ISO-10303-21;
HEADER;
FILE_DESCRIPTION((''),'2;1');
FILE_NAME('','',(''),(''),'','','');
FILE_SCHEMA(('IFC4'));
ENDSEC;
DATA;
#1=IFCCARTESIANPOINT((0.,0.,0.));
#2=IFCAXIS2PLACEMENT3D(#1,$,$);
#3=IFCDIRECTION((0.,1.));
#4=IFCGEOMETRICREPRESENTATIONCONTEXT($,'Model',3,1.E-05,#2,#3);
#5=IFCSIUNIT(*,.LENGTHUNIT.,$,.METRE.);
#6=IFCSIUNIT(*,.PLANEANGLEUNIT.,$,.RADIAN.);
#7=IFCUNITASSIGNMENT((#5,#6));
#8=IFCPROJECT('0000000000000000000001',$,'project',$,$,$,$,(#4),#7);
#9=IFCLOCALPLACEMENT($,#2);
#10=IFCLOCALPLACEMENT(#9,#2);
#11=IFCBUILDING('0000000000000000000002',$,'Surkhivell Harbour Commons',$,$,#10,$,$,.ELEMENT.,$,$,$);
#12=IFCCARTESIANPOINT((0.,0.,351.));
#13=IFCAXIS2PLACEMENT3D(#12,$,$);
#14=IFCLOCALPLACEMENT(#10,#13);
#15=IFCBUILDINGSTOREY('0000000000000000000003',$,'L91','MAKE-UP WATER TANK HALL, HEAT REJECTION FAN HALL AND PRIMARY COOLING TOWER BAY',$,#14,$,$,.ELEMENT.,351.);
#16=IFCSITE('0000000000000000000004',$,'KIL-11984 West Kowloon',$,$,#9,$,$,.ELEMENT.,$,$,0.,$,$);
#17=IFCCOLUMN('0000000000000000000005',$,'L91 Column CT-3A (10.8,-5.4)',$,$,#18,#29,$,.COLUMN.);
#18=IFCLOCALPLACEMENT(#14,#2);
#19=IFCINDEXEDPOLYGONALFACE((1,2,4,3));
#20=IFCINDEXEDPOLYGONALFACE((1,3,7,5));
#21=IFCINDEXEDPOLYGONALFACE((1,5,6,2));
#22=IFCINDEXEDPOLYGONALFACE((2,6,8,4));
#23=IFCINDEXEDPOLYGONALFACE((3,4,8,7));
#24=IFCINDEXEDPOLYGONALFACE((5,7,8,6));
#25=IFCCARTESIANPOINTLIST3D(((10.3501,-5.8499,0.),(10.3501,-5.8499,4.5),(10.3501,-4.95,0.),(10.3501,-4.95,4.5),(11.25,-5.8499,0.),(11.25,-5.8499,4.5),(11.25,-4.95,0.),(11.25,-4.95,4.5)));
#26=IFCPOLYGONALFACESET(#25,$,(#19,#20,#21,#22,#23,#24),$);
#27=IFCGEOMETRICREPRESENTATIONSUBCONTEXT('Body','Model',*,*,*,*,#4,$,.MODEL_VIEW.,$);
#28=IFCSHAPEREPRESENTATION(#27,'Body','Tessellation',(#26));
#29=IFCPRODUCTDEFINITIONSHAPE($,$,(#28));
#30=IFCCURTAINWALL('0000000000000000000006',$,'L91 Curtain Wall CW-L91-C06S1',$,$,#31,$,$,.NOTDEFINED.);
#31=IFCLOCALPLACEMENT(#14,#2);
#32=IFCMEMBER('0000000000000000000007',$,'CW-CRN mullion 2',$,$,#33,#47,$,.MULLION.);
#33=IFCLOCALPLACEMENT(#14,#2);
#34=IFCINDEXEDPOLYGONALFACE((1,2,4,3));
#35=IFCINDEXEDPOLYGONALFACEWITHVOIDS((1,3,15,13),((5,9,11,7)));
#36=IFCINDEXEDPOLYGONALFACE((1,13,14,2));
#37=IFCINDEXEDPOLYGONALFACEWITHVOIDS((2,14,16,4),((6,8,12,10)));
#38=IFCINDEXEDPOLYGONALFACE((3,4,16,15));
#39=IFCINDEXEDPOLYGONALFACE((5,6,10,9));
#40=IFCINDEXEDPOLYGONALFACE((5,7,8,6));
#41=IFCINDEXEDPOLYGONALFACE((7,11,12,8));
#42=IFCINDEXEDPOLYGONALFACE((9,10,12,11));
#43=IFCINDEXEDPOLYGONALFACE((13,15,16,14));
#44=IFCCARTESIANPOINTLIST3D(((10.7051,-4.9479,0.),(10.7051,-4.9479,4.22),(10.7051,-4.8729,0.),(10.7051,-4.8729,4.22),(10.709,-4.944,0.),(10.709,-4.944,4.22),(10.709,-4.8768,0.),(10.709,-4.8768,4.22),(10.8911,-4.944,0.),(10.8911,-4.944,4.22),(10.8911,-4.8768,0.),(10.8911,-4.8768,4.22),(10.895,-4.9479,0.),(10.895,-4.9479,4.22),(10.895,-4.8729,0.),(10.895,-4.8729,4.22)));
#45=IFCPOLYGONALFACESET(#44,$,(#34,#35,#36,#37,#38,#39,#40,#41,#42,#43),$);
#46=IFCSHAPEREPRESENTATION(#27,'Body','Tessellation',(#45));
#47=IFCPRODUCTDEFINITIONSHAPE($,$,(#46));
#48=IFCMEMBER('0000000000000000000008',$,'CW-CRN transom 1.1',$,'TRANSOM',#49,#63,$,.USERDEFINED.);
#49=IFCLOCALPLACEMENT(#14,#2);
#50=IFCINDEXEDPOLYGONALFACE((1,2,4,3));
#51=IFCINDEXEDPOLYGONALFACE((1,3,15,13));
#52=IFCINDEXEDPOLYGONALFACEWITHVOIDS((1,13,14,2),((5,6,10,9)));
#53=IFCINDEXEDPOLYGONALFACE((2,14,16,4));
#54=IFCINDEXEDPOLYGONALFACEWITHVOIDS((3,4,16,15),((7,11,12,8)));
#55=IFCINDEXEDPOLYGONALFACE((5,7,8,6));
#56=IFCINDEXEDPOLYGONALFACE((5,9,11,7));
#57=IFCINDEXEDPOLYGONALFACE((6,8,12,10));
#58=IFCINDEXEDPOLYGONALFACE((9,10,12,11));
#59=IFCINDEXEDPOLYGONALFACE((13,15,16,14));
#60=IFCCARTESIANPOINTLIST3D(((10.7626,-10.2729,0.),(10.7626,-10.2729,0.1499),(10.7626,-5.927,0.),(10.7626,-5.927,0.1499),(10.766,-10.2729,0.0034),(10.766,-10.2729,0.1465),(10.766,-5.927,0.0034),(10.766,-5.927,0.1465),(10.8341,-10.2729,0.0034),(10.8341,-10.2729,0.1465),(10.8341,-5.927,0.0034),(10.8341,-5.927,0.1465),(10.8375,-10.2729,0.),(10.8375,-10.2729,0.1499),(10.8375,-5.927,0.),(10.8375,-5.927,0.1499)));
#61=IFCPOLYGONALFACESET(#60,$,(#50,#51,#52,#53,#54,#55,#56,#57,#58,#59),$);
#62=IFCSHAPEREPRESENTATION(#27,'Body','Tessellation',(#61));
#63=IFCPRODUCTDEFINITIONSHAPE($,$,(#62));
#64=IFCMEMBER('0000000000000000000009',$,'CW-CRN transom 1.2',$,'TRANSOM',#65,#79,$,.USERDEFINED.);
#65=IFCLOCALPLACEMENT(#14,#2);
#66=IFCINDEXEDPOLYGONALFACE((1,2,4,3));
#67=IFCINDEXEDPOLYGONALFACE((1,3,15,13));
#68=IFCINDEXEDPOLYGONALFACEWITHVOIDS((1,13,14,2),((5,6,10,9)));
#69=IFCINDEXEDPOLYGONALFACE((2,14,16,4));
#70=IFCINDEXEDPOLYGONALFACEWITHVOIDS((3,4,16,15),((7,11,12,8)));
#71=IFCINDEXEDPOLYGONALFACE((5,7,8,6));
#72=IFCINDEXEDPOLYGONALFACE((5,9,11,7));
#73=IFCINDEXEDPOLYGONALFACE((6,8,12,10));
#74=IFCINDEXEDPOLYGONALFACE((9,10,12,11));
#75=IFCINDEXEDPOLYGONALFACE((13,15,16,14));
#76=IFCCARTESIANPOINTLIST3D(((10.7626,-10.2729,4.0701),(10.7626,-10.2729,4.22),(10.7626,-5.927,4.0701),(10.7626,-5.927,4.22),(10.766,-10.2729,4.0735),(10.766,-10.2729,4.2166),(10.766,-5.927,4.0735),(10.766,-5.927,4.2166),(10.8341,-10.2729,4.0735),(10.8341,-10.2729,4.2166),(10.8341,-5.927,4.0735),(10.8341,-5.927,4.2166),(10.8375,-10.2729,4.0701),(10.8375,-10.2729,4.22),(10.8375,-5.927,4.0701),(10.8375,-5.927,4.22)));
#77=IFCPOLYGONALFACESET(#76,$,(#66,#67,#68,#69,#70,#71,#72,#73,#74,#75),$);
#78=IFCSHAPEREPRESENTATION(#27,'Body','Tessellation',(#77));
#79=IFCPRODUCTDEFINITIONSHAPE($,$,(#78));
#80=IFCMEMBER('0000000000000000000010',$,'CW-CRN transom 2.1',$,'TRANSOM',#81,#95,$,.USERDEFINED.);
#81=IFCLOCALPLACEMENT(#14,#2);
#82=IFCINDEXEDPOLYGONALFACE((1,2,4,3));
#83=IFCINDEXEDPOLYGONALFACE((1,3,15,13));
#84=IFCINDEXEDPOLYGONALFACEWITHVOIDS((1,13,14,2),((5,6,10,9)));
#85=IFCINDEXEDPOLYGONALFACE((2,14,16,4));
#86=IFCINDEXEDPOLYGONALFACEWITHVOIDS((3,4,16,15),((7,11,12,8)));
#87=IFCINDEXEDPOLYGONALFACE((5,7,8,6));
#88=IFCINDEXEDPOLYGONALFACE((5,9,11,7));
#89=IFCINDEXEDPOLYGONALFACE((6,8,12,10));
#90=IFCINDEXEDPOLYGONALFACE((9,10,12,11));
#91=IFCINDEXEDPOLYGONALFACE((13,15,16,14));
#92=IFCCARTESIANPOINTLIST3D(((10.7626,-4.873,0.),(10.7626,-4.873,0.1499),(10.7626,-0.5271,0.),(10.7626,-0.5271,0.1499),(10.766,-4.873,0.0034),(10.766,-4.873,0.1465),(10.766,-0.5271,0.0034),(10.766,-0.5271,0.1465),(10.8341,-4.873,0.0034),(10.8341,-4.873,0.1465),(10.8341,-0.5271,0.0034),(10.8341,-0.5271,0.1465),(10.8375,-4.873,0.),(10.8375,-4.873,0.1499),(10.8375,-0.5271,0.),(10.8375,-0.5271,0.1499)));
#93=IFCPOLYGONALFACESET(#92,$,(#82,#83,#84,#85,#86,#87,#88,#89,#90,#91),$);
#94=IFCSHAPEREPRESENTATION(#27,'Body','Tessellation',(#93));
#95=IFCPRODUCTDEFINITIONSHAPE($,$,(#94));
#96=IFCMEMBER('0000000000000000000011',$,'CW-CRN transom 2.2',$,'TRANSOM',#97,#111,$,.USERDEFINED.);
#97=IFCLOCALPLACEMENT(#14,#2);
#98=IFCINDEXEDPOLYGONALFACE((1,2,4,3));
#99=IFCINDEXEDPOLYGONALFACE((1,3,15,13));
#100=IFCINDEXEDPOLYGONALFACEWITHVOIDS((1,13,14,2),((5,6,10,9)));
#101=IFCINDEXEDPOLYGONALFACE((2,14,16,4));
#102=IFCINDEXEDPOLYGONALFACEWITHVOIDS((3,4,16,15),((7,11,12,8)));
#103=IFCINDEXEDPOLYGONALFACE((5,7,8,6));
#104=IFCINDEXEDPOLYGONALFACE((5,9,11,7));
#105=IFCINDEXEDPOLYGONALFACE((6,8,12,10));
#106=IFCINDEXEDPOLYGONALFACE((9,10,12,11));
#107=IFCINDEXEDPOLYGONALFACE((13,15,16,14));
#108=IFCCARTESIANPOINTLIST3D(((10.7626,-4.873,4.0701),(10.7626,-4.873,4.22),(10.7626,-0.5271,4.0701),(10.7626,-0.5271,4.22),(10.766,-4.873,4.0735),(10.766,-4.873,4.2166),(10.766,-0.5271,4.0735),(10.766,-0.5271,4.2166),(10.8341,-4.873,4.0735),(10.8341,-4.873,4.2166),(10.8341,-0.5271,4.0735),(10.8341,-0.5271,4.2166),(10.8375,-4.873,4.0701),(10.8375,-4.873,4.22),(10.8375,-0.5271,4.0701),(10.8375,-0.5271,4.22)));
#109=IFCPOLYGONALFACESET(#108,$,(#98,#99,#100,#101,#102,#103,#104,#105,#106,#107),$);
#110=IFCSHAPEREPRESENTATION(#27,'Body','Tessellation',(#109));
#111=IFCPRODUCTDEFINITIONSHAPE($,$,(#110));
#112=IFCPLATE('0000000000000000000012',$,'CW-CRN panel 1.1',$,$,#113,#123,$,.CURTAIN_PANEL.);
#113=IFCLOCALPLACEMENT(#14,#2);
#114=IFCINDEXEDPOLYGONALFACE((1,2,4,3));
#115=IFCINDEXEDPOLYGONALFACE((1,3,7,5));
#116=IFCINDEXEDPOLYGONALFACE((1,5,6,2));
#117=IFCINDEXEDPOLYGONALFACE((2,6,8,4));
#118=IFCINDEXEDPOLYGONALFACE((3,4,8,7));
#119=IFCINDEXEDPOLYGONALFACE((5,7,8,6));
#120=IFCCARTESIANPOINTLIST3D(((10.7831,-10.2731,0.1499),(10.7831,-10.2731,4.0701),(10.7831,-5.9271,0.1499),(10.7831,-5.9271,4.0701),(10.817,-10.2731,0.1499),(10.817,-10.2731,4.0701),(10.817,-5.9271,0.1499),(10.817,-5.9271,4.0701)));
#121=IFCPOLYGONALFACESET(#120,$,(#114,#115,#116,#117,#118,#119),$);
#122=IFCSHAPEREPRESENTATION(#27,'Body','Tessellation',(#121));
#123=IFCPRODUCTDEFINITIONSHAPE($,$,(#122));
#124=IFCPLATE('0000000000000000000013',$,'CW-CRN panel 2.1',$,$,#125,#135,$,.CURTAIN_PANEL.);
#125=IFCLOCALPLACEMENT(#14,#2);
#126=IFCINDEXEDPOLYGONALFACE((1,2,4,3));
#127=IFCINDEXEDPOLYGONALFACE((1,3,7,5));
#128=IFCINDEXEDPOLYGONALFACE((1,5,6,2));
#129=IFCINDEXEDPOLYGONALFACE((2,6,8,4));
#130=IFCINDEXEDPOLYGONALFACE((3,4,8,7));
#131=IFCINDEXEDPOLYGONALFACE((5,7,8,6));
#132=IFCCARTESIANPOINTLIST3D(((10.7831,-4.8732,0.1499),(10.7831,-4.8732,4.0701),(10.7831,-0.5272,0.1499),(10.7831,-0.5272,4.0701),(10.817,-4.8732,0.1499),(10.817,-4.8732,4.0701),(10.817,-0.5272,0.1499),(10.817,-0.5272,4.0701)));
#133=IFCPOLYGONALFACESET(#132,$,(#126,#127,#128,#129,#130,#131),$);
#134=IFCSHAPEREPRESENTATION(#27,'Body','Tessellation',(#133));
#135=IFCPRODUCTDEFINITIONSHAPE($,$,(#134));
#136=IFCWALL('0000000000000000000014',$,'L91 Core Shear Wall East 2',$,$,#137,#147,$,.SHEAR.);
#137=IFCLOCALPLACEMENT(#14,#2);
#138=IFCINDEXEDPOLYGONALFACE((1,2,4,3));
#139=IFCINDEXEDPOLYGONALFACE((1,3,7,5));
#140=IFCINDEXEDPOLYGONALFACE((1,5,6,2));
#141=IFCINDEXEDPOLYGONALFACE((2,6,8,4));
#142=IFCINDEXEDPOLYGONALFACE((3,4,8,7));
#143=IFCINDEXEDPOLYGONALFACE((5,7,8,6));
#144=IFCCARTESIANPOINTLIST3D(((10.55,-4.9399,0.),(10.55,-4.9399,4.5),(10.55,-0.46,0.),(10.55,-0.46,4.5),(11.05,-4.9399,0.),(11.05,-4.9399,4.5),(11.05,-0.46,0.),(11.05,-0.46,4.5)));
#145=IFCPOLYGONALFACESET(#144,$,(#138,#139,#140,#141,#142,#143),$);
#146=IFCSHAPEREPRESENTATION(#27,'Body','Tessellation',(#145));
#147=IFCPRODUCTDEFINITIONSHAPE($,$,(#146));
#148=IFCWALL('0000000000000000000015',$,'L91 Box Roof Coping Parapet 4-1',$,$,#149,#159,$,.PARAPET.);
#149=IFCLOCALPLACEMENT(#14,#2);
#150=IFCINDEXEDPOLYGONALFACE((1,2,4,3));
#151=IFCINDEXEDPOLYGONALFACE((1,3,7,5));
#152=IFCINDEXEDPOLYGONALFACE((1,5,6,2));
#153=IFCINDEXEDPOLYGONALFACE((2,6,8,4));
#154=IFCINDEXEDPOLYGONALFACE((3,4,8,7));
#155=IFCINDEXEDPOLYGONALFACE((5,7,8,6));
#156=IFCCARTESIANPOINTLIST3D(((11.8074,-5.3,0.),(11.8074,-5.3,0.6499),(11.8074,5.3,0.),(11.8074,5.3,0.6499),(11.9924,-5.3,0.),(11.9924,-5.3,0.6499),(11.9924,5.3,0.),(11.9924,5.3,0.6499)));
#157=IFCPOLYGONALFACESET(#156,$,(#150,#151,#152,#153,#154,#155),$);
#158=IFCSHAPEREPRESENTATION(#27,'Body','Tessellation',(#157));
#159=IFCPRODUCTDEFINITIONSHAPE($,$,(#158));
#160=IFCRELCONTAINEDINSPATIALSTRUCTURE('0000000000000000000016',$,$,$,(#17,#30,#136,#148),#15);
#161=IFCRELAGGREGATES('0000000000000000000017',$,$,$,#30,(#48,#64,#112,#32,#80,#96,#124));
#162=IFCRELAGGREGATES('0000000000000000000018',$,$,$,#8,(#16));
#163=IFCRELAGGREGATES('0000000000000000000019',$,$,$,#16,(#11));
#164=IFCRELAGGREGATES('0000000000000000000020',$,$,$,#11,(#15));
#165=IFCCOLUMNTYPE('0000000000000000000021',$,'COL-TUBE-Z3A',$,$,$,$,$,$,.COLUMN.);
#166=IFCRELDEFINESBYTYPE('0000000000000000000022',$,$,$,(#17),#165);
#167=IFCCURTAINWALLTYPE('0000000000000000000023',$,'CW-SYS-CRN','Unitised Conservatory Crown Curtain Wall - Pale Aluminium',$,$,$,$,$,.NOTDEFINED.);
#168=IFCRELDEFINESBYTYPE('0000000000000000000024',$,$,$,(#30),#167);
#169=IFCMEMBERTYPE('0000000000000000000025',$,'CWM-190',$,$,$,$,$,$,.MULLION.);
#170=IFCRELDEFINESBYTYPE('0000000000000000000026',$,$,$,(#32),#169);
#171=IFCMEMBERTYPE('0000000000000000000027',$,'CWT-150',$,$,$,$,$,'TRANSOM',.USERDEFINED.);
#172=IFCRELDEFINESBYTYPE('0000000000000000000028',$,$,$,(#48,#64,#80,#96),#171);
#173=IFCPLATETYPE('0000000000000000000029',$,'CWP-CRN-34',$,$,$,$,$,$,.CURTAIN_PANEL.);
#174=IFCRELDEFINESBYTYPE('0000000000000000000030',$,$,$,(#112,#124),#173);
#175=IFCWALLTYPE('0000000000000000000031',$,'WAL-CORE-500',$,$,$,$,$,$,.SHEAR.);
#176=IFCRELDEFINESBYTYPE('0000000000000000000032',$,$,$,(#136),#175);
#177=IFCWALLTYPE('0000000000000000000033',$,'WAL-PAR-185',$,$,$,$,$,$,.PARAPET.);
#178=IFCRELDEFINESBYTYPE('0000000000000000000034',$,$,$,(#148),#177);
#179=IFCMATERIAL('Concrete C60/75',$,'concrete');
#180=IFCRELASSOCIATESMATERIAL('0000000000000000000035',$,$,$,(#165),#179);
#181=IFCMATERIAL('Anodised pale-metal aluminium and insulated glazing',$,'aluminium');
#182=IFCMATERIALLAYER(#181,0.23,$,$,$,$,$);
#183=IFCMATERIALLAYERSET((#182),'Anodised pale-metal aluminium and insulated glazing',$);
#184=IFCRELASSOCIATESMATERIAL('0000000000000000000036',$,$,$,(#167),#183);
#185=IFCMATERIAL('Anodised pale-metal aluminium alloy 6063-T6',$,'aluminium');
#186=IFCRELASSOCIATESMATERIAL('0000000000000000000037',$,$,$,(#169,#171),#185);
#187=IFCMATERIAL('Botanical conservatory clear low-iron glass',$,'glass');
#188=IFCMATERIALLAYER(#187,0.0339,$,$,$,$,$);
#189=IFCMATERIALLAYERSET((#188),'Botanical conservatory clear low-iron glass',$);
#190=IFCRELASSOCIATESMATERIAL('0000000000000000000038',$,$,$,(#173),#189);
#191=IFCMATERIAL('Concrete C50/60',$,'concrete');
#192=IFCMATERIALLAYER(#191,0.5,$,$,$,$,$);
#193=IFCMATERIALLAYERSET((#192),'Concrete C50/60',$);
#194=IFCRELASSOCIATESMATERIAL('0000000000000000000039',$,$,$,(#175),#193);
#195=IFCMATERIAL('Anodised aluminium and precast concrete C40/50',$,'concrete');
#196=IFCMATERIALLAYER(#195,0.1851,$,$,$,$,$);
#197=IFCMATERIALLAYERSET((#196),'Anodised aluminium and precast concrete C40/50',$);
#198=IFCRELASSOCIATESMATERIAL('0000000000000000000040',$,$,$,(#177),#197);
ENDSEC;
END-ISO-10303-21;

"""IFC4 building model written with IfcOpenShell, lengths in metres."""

from ifc_helpers import new_model, si_unit, direction, frame, frame_2d, origin, origin_2d, place, context, subcontext, project, spatial, rectangle, hollow_rectangle, extrude, material, layer, layer_set, material_profile, profile_set, type_object, element, aggregate, save


model = new_model("IFC4")

# Units and contexts
model_context = context("Model", 3, precision=1e-05, world=origin(), true_north=direction((0.0, 1.0)))
body_context = subcontext(model_context, "Body", "Model", "MODEL_VIEW")
ifc_project = project(units=[si_unit("LENGTHUNIT", "METRE"), si_unit("PLANEANGLEUNIT", "RADIAN")], contexts=[model_context])

# Site, building, storey
site_placement = place(None, origin())
site = spatial("IfcSite", under=ifc_project, at=site_placement, Name="KIL-11984 West Kowloon", CompositionType="ELEMENT", RefElevation=0.0)
building_placement = place(site_placement, origin())
building = spatial("IfcBuilding", under=site, at=building_placement, Name="Surkhivell Harbour Commons", CompositionType="ELEMENT")
storey_placement = place(building_placement, frame((0.0, 0.0, 351.0)))
storey = spatial("IfcBuildingStorey", under=building, at=storey_placement, Name="L91", Description="MAKE-UP WATER TANK HALL, HEAT REJECTION FAN HALL AND PRIMARY COOLING TOWER BAY", CompositionType="ELEMENT", Elevation=351.0)

# Column
ifc_material_1 = material(Name="Concrete C60/75", Category="concrete")
ifc_material_profile_1 = material_profile(ifc_material_1, rectangle(XDim=0.8999, YDim=0.8999, at=origin_2d()), Name="RC-COL-900x900")
ifc_profile_set_1 = profile_set([ifc_material_profile_1], Name="Concrete C60/75")
column_type = type_object("IfcColumnType", Name="COL-TUBE-Z3A", PredefinedType="COLUMN", material=ifc_profile_set_1)
column_placement = place(storey_placement, frame((10.8, -5.3999, 0.0), z_axis=(0.0, 0.0, 1.0), x_axis=(1.0, 0.0, 0.0)))
element("IfcColumn", 1, at=column_placement, inside=storey, type_object=column_type, Name="L91 Column CT-3A (10.8,-5.4)", PredefinedType="COLUMN", context=body_context, shape_type="SweptSolid", body=[
    extrude(rectangle(XDim=0.8999, YDim=0.8999, at=origin_2d()), origin(), (0.0, 0.0, 1.0), 4.5),
])

# Curtain wall, members, plates
ifc_material_2 = material(Name="Anodised pale-metal aluminium and insulated glazing", Category="aluminium")
ifc_layer_1 = layer(ifc_material_2, 0.23)
ifc_layer_set_1 = layer_set([ifc_layer_1], Name="Anodised pale-metal aluminium and insulated glazing")
curtain_wall_type = type_object("IfcCurtainWallType", Name="CW-SYS-CRN", Description="Unitised Conservatory Crown Curtain Wall - Pale Aluminium", PredefinedType="NOTDEFINED", material=ifc_layer_set_1)
curtain_wall_placement = place(storey_placement, origin())
curtain_wall = element("IfcCurtainWall", 2, at=curtain_wall_placement, inside=storey, type_object=curtain_wall_type, Name="L91 Curtain Wall CW-L91-C06S1", PredefinedType="NOTDEFINED")
ifc_material_3 = material(Name="Anodised pale-metal aluminium alloy 6063-T6", Category="aluminium")
ifc_material_profile_2 = material_profile(ifc_material_3, hollow_rectangle(XDim=0.075, YDim=0.1899, WallThickness=0.0039, at=origin_2d()), Name="ALU-MULL-75x190")
ifc_profile_set_2 = profile_set([ifc_material_profile_2], Name="Anodised pale-metal aluminium alloy 6063-T6")
member_type_1 = type_object("IfcMemberType", Name="CWM-190", PredefinedType="MULLION", material=ifc_profile_set_2)
member_1_placement = place(storey_placement, frame((10.8, -4.9104, 0.0), z_axis=(0.0, 0.0, 1.0), x_axis=(0.0, 1.0, 0.0)))
member_1 = element("IfcMember", 3, at=member_1_placement, type_object=member_type_1, Name="CW-CRN mullion 2", PredefinedType="MULLION", context=body_context, shape_type="SweptSolid", body=[
    extrude(hollow_rectangle(XDim=0.075, YDim=0.1899, WallThickness=0.0039, at=origin_2d()), origin(), (0.0, 0.0, 1.0), 4.22),
])
ifc_material_profile_3 = material_profile(ifc_material_3, hollow_rectangle(XDim=0.075, YDim=0.1499, WallThickness=0.0034, at=origin_2d()), Name="ALU-TRAN-75x150")
ifc_profile_set_3 = profile_set([ifc_material_profile_3], Name="Anodised pale-metal aluminium alloy 6063-T6")
member_type_2 = type_object("IfcMemberType", Name="CWT-150", ElementType="TRANSOM", PredefinedType="USERDEFINED", material=ifc_profile_set_3)
member_2_placement = place(storey_placement, frame((10.8, -10.2729, 0.075), z_axis=(0.0, 1.0, 0.0), x_axis=(-1.0, 0.0, 0.0)))
member_2 = element("IfcMember", 4, at=member_2_placement, type_object=member_type_2, Name="CW-CRN transom 1.1", ObjectType="TRANSOM", PredefinedType="USERDEFINED", context=body_context, shape_type="SweptSolid", body=[
    extrude(hollow_rectangle(XDim=0.075, YDim=0.1499, WallThickness=0.0034, at=origin_2d()), origin(), (0.0, 0.0, 1.0), 4.3459),
])
member_3_placement = place(storey_placement, frame((10.8, -10.2729, 4.145), z_axis=(0.0, 1.0, 0.0), x_axis=(-1.0, 0.0, 0.0)))
member_3 = element("IfcMember", 5, at=member_3_placement, type_object=member_type_2, Name="CW-CRN transom 1.2", ObjectType="TRANSOM", PredefinedType="USERDEFINED", context=body_context, shape_type="SweptSolid", body=[
    extrude(hollow_rectangle(XDim=0.075, YDim=0.1499, WallThickness=0.0034, at=origin_2d()), origin(), (0.0, 0.0, 1.0), 4.3459),
])
member_4_placement = place(storey_placement, frame((10.8, -4.873, 0.075), z_axis=(0.0, 1.0, 0.0), x_axis=(-1.0, 0.0, 0.0)))
member_4 = element("IfcMember", 6, at=member_4_placement, type_object=member_type_2, Name="CW-CRN transom 2.1", ObjectType="TRANSOM", PredefinedType="USERDEFINED", context=body_context, shape_type="SweptSolid", body=[
    extrude(hollow_rectangle(XDim=0.075, YDim=0.1499, WallThickness=0.0034, at=origin_2d()), origin(), (0.0, 0.0, 1.0), 4.3459),
])
member_5_placement = place(storey_placement, frame((10.8, -4.873, 4.145), z_axis=(0.0, 1.0, 0.0), x_axis=(-1.0, 0.0, 0.0)))
member_5 = element("IfcMember", 7, at=member_5_placement, type_object=member_type_2, Name="CW-CRN transom 2.2", ObjectType="TRANSOM", PredefinedType="USERDEFINED", context=body_context, shape_type="SweptSolid", body=[
    extrude(hollow_rectangle(XDim=0.075, YDim=0.1499, WallThickness=0.0034, at=origin_2d()), origin(), (0.0, 0.0, 1.0), 4.3459),
])
ifc_material_4 = material(Name="Botanical conservatory clear low-iron glass", Category="glass")
ifc_layer_2 = layer(ifc_material_4, 0.0339)
ifc_layer_set_2 = layer_set([ifc_layer_2], Name="Botanical conservatory clear low-iron glass")
plate_type = type_object("IfcPlateType", Name="CWP-CRN-34", PredefinedType="CURTAIN_PANEL", material=ifc_layer_set_2)
plate_1_placement = place(storey_placement, frame((10.8, -10.2729, 0.1499), z_axis=(0.0, 0.0, 1.0), x_axis=(0.0, 1.0, 0.0)))
plate_1 = element("IfcPlate", 8, at=plate_1_placement, type_object=plate_type, Name="CW-CRN panel 1.1", PredefinedType="CURTAIN_PANEL", context=body_context, shape_type="SweptSolid", body=[
    extrude(rectangle(XDim=4.3459, YDim=0.0339, at=frame_2d((2.1729, 0.0))), origin(), (0.0, 0.0, 1.0), 3.9202),
])
plate_2_placement = place(storey_placement, frame((10.8, -4.873, 0.1499), z_axis=(0.0, 0.0, 1.0), x_axis=(0.0, 1.0, 0.0)))
plate_2 = element("IfcPlate", 9, at=plate_2_placement, type_object=plate_type, Name="CW-CRN panel 2.1", PredefinedType="CURTAIN_PANEL", context=body_context, shape_type="SweptSolid", body=[
    extrude(rectangle(XDim=4.3459, YDim=0.0339, at=frame_2d((2.1729, 0.0))), origin(), (0.0, 0.0, 1.0), 3.9202),
])
aggregate(curtain_wall, [member_2, member_3, plate_1, member_1, member_4, member_5, plate_2])

# Walls
ifc_material_5 = material(Name="Concrete C50/60", Category="concrete")
ifc_layer_3 = layer(ifc_material_5, 0.5)
ifc_layer_set_3 = layer_set([ifc_layer_3], Name="Concrete C50/60")
wall_type_1 = type_object("IfcWallType", Name="WAL-CORE-500", PredefinedType="SHEAR", material=ifc_layer_set_3)
wall_1_placement = place(storey_placement, frame((10.8, -4.9399, 0.0), z_axis=(0.0, 0.0, 1.0), x_axis=(0.0, 1.0, 0.0)))
element("IfcWall", 10, at=wall_1_placement, inside=storey, type_object=wall_type_1, Name="L91 Core Shear Wall East 2", PredefinedType="SHEAR", context=body_context, shape_type="SweptSolid", body=[
    extrude(rectangle(XDim=4.48, YDim=0.5, at=frame_2d((2.24, 0.0))), origin(), (0.0, 0.0, 1.0), 4.5),
])
ifc_material_6 = material(Name="Anodised aluminium and precast concrete C40/50", Category="concrete")
ifc_layer_4 = layer(ifc_material_6, 0.1851)
ifc_layer_set_4 = layer_set([ifc_layer_4], Name="Anodised aluminium and precast concrete C40/50")
wall_type_2 = type_object("IfcWallType", Name="WAL-PAR-185", PredefinedType="PARAPET", material=ifc_layer_set_4)
wall_2_placement = place(storey_placement, frame((11.8999, -5.3, 0.0), z_axis=(0.0, 0.0, 1.0), x_axis=(0.0, 1.0, 0.0)))
element("IfcWall", 11, at=wall_2_placement, inside=storey, type_object=wall_type_2, Name="L91 Box Roof Coping Parapet 4-1", PredefinedType="PARAPET", context=body_context, shape_type="SweptSolid", body=[
    extrude(rectangle(XDim=10.6001, YDim=0.1851, at=frame_2d((5.3, 0.0))), origin(), (0.0, 0.0, 1.0), 0.6499),
])

save(model, "model.ifc")
